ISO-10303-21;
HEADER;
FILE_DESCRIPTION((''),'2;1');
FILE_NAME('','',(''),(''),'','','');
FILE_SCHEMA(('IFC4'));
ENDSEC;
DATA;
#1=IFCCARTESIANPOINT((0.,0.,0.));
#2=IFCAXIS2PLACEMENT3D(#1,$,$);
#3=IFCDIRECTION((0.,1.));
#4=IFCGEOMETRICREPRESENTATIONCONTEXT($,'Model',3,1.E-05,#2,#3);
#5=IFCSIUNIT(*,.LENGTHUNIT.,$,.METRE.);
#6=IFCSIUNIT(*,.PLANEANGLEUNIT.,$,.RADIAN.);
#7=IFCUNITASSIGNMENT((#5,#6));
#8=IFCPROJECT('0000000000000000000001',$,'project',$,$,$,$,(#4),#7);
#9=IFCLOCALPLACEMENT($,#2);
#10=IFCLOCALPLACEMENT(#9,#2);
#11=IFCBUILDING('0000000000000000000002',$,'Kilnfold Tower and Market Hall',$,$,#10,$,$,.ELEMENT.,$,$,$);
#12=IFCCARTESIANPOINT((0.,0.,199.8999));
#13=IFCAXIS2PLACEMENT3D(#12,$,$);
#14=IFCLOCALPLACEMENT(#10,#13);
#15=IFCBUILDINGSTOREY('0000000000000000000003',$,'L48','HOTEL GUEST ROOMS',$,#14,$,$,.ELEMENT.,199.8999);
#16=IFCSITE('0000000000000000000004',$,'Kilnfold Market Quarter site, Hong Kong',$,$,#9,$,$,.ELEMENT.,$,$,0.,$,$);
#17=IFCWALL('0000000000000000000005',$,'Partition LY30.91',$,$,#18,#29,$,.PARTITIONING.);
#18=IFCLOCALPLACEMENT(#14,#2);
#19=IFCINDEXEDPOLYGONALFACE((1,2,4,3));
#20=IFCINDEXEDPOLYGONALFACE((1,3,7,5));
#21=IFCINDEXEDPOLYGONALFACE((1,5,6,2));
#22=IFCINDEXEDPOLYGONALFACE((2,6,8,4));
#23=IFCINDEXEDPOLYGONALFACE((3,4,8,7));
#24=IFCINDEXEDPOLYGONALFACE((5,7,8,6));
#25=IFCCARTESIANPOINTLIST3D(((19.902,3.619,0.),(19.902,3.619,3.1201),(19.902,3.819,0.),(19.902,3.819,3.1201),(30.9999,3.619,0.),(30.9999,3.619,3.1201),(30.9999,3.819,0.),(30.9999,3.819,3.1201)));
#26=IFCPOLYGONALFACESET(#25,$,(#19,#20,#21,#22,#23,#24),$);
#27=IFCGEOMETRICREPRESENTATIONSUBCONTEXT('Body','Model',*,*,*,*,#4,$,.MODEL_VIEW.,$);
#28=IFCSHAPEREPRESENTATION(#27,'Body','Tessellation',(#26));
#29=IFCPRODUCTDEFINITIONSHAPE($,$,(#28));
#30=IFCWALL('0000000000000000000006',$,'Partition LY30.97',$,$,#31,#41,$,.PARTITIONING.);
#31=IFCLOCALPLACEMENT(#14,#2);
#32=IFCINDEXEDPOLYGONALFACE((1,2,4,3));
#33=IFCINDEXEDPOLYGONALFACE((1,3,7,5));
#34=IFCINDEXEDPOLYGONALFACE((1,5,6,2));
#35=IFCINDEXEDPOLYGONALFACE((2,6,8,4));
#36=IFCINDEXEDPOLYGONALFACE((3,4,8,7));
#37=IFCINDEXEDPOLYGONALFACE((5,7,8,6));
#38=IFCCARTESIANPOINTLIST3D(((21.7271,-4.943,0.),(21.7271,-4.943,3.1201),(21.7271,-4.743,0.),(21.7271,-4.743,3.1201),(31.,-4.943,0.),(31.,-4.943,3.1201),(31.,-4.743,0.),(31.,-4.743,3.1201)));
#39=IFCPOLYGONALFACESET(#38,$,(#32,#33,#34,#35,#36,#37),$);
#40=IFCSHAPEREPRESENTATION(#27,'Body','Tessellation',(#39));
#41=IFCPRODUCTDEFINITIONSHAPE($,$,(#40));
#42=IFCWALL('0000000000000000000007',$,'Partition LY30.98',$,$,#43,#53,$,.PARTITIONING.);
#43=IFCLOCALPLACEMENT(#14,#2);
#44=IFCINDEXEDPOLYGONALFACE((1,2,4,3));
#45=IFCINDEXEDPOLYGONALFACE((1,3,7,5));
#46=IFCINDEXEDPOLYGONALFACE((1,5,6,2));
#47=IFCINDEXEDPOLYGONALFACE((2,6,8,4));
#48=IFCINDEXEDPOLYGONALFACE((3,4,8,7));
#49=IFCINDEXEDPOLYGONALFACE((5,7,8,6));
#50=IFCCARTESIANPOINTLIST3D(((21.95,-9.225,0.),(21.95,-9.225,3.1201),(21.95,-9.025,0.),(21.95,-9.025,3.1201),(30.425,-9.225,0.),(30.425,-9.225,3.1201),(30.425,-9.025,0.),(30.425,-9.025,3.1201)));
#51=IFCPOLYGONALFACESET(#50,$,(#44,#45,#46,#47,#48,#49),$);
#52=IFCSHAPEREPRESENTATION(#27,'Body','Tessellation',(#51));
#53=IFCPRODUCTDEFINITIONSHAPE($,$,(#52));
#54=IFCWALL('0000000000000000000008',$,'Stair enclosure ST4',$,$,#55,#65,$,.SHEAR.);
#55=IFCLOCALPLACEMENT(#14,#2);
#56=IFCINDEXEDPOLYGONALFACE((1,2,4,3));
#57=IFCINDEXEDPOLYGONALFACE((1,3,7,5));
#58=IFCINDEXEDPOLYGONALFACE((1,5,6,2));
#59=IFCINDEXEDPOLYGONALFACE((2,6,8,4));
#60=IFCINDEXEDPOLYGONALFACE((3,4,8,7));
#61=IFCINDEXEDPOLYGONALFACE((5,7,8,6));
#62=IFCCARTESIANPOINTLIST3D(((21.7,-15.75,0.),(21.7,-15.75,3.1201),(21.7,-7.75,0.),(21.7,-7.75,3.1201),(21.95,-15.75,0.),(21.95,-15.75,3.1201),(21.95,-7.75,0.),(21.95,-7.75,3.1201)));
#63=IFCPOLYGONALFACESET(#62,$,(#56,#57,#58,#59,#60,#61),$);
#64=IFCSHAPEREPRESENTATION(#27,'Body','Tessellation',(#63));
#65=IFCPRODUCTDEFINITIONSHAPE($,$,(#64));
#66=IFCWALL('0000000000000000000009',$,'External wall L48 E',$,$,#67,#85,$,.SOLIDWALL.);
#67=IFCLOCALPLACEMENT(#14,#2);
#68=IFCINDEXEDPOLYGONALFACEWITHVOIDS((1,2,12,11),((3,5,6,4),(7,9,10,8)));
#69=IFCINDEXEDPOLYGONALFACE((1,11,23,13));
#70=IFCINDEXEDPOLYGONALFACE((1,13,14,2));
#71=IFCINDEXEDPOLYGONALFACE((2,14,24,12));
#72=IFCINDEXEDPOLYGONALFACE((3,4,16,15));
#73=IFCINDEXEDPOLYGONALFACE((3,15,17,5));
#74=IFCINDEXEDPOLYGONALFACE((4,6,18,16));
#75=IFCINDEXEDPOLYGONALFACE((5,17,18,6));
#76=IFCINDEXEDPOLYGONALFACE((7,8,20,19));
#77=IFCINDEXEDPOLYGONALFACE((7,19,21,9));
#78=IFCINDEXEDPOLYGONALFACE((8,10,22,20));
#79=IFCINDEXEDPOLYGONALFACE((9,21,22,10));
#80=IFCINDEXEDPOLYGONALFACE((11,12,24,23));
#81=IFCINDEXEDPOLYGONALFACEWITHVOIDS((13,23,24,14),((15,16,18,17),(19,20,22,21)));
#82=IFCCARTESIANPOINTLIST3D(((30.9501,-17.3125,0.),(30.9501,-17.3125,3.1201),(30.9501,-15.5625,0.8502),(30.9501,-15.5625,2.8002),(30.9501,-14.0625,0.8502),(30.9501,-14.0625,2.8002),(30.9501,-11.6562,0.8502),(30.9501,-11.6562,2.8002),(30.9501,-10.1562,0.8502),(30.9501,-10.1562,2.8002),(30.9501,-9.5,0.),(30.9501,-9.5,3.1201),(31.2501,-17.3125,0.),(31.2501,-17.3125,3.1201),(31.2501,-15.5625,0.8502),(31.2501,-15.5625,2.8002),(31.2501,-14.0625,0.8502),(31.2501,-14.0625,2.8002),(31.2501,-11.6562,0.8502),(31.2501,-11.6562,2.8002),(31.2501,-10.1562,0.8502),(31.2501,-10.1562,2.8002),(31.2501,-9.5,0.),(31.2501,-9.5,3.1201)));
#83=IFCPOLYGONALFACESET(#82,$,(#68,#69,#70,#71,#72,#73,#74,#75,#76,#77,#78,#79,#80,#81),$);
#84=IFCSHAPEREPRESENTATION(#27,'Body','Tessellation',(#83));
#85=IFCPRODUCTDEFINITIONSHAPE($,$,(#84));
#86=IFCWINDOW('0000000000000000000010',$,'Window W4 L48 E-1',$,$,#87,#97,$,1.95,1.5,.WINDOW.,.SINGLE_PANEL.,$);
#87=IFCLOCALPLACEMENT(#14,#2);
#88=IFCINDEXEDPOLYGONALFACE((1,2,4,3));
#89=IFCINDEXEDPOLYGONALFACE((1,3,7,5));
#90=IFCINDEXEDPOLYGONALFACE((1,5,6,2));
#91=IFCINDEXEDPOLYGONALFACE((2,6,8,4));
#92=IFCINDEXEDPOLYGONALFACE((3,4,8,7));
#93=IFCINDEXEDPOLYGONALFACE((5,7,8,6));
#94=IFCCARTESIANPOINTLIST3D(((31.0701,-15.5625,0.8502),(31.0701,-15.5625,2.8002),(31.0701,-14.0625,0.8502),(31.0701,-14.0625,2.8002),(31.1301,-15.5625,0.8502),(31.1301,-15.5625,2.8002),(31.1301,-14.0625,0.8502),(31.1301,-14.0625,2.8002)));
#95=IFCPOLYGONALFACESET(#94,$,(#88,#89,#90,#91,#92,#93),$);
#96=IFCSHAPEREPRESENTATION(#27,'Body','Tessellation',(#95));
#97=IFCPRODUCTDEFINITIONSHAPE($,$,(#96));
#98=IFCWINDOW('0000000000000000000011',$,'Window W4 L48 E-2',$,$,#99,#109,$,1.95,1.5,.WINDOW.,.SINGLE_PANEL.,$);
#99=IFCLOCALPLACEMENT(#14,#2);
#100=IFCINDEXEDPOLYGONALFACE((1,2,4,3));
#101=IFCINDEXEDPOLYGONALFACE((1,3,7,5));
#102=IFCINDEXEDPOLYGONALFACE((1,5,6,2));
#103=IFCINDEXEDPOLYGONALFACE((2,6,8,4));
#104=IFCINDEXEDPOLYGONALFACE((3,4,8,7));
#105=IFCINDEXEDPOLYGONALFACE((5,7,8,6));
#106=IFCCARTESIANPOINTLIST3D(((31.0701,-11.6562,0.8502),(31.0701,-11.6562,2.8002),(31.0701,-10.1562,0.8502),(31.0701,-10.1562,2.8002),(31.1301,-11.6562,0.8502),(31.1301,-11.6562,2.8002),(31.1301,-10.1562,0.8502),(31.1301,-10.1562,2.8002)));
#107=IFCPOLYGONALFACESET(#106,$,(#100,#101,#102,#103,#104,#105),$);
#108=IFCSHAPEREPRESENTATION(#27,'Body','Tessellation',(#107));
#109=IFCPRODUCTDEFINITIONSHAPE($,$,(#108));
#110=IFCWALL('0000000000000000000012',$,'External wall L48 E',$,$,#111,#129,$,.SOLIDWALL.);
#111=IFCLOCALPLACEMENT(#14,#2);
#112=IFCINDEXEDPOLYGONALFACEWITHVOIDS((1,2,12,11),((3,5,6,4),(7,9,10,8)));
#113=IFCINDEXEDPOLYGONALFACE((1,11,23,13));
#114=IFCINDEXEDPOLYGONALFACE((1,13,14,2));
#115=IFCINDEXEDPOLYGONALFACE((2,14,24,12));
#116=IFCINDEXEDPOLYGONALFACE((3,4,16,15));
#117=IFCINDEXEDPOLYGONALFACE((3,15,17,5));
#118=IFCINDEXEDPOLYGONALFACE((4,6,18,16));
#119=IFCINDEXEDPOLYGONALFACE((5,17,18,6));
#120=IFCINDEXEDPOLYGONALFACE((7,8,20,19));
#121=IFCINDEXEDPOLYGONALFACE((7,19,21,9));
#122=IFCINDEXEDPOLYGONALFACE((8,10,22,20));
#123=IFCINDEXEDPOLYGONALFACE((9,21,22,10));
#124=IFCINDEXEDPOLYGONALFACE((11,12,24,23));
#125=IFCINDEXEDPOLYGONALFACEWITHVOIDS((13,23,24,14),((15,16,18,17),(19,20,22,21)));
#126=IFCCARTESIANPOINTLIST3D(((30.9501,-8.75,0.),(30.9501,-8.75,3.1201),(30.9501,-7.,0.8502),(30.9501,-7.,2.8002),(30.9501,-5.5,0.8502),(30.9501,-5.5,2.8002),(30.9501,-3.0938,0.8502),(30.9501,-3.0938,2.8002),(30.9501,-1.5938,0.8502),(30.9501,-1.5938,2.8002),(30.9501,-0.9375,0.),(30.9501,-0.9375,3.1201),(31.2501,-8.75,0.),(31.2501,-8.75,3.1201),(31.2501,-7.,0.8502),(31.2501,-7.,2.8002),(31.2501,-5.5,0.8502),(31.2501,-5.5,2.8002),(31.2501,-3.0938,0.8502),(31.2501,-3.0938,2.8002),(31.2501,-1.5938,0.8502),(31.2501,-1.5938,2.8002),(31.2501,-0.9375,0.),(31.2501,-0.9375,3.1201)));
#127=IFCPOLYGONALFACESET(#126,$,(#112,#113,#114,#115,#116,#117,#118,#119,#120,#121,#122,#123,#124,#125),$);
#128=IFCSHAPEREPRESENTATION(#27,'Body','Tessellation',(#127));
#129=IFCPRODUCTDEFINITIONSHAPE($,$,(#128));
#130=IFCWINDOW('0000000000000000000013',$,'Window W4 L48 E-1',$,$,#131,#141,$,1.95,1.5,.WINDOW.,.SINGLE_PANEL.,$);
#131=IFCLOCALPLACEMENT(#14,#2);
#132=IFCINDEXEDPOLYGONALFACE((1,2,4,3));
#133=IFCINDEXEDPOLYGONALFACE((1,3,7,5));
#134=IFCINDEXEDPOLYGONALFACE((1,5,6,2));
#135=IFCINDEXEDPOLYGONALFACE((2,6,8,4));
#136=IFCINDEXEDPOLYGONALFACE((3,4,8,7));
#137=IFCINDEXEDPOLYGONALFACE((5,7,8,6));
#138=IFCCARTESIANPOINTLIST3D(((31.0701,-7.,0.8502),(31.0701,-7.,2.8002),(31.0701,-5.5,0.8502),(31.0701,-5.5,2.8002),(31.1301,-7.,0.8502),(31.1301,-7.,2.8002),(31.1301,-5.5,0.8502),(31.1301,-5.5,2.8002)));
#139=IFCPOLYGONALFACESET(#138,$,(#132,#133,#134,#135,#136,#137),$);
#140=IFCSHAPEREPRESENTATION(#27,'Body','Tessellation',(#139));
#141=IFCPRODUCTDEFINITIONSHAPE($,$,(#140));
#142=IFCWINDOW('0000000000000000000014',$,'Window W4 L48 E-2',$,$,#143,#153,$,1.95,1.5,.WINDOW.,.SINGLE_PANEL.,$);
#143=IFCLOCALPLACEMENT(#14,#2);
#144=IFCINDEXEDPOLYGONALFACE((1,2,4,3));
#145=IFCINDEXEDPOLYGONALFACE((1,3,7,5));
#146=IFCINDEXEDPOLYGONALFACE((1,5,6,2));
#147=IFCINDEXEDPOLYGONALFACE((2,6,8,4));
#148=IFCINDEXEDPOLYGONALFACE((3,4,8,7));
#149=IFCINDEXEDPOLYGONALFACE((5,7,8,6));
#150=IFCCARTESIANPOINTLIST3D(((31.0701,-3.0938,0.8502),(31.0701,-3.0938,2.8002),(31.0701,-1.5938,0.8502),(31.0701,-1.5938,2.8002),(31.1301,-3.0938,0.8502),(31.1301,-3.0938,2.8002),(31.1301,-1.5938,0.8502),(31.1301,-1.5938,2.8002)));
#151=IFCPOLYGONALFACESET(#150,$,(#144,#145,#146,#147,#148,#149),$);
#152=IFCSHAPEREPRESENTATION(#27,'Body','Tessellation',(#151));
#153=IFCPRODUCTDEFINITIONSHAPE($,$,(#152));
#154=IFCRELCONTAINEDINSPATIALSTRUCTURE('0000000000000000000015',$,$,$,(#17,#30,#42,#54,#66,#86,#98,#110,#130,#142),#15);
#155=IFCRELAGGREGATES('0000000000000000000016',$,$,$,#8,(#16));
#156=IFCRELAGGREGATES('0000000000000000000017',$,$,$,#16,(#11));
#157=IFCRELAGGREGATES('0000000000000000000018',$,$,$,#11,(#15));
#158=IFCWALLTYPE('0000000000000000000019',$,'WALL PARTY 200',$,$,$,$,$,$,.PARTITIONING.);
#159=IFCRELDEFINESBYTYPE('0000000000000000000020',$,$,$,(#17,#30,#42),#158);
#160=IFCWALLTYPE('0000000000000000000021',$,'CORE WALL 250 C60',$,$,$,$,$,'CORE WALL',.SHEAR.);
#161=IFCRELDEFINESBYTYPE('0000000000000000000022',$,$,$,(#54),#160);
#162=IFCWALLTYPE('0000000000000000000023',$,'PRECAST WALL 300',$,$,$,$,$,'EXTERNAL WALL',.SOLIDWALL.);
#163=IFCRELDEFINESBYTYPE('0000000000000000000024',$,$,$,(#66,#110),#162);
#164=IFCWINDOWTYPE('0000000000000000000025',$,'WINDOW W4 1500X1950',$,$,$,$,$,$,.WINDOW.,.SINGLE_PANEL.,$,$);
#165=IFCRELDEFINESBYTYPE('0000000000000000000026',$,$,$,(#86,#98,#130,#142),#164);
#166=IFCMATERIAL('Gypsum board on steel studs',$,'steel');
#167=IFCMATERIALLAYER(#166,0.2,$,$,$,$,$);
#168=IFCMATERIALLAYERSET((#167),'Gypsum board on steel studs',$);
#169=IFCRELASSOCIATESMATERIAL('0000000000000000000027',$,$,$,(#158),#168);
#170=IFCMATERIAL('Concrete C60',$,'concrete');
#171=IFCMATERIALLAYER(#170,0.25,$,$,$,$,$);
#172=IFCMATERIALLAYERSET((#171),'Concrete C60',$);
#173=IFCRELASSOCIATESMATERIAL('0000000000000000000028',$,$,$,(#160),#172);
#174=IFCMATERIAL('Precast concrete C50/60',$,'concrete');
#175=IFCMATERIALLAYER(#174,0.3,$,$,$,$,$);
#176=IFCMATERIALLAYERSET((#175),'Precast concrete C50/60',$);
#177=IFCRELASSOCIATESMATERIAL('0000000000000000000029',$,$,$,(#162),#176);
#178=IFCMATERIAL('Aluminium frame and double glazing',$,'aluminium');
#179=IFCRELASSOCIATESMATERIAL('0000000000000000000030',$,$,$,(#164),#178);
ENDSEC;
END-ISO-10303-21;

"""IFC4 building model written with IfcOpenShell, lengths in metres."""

from ifc_helpers import new_model, si_unit, direction, frame, frame_2d, origin, place, context, subcontext, project, spatial, rectangle, extrude, source, transform, mapped, material, layer, layer_set, type_object, element, fill, save


model = new_model("IFC4")

# Units and contexts
model_context = context("Model", 3, precision=1e-05, world=origin(), true_north=direction((0.0, 1.0)))
body_context = subcontext(model_context, "Body", "Model", "MODEL_VIEW")
ifc_project = project(units=[si_unit("LENGTHUNIT", "METRE"), si_unit("PLANEANGLEUNIT", "RADIAN")], contexts=[model_context])

# Site, building, storey
site_placement = place(None, origin())
site = spatial("IfcSite", under=ifc_project, at=site_placement, Name="Kilnfold Market Quarter site, Hong Kong", CompositionType="ELEMENT", RefElevation=0.0)
building_placement = place(site_placement, origin())
building = spatial("IfcBuilding", under=site, at=building_placement, Name="Kilnfold Tower and Market Hall", CompositionType="ELEMENT")
storey_placement = place(building_placement, frame((0.0, 0.0, 199.8999)))
storey = spatial("IfcBuildingStorey", under=building, at=storey_placement, Name="L48", Description="HOTEL GUEST ROOMS", CompositionType="ELEMENT", Elevation=199.8999)

# Walls
ifc_material_1 = material(Name="Gypsum board on steel studs", Category="steel")
ifc_layer_1 = layer(ifc_material_1, 0.2)
ifc_layer_set_1 = layer_set([ifc_layer_1], Name="Gypsum board on steel studs")
wall_type_1 = type_object("IfcWallType", Name="WALL PARTY 200", PredefinedType="PARTITIONING", material=ifc_layer_set_1)
wall_1_placement = place(storey_placement, frame((19.9021, 3.719, 0.0), z_axis=(0.0, 0.0, 1.0), x_axis=(1.0, 0.0, 0.0)))
element("IfcWall", 1, at=wall_1_placement, inside=storey, type_object=wall_type_1, Name="Partition LY30.91", PredefinedType="PARTITIONING", context=body_context, shape_type="SweptSolid", body=[
    extrude(rectangle(XDim=11.0979, YDim=0.2, at=frame_2d((5.5488, 0.0))), origin(), (0.0, 0.0, 1.0), 3.1201),
])
wall_2_placement = place(storey_placement, frame((21.7271, -4.843, 0.0), z_axis=(0.0, 0.0, 1.0), x_axis=(1.0, 0.0, 0.0)))
element("IfcWall", 2, at=wall_2_placement, inside=storey, type_object=wall_type_1, Name="Partition LY30.97", PredefinedType="PARTITIONING", context=body_context, shape_type="SweptSolid", body=[
    extrude(rectangle(XDim=9.2729, YDim=0.2, at=frame_2d((4.6365, 0.0))), origin(), (0.0, 0.0, 1.0), 3.1201),
])
wall_3_placement = place(storey_placement, frame((21.95, -9.125, 0.0), z_axis=(0.0, 0.0, 1.0), x_axis=(1.0, 0.0, 0.0)))
element("IfcWall", 3, at=wall_3_placement, inside=storey, type_object=wall_type_1, Name="Partition LY30.98", PredefinedType="PARTITIONING", context=body_context, shape_type="SweptSolid", body=[
    extrude(rectangle(XDim=8.4751, YDim=0.2, at=frame_2d((4.2375, 0.0))), origin(), (0.0, 0.0, 1.0), 3.1201),
])
ifc_material_2 = material(Name="Concrete C60", Category="concrete")
ifc_layer_2 = layer(ifc_material_2, 0.25)
ifc_layer_set_2 = layer_set([ifc_layer_2], Name="Concrete C60")
wall_type_2 = type_object("IfcWallType", Name="CORE WALL 250 C60", ElementType="CORE WALL", PredefinedType="SHEAR", material=ifc_layer_set_2)
shared_shape_1 = source(origin(), body_context, "Body", "SweptSolid", [
    extrude(rectangle(XDim=8.0, YDim=0.25, at=frame_2d((4.0, 0.0))), origin(), (0.0, 0.0, 1.0), 3.1201),
])
wall_4_placement = place(storey_placement, frame((21.825, -15.75, 0.0), z_axis=(0.0, 0.0, 1.0), x_axis=(0.0, 1.0, 0.0)))
element("IfcWall", 4, at=wall_4_placement, inside=storey, type_object=wall_type_2, Name="Stair enclosure ST4", PredefinedType="SHEAR", context=body_context, shape_type="MappedRepresentation", body=[
    mapped(shared_shape_1, transform((0.0, 0.0, 0.0))),
])

# Walls, openings, windows
ifc_material_3 = material(Name="Precast concrete C50/60", Category="concrete")
ifc_layer_3 = layer(ifc_material_3, 0.3)
ifc_layer_set_3 = layer_set([ifc_layer_3], Name="Precast concrete C50/60")
wall_type_3 = type_object("IfcWallType", Name="PRECAST WALL 300", ElementType="EXTERNAL WALL", PredefinedType="SOLIDWALL", material=ifc_layer_set_3)
shared_shape_2 = source(origin(), body_context, "Body", "SweptSolid", [
    extrude(rectangle(XDim=7.8125, YDim=0.3, at=frame_2d((3.9062, 0.0))), origin(), (0.0, 0.0, 1.0), 3.1201),
])
wall_5_placement = place(storey_placement, frame((31.1001, -17.3125, 0.0), z_axis=(0.0, 0.0, 1.0), x_axis=(0.0, 1.0, 0.0)))
wall_5 = element("IfcWall", 5, at=wall_5_placement, inside=storey, type_object=wall_type_3, Name="External wall L48 E", PredefinedType="SOLIDWALL", context=body_context, shape_type="MappedRepresentation", body=[
    mapped(shared_shape_2, transform((0.0, 0.0, 0.0))),
])
opening_1_placement = place(wall_5_placement, frame((1.75, 0.0, 0.8501)))
opening_1 = element("IfcOpeningElement", 6, at=opening_1_placement, cuts=wall_5, PredefinedType="OPENING", context=body_context, shape_type="SweptSolid", body=[
    extrude(rectangle(XDim=1.5, YDim=1.95, at=frame_2d((0.75, 0.9751))), frame((0.0, 0.1602, 0.0), z_axis=(0.0, -1.0, 0.0), x_axis=(1.0, 0.0, 0.0)), (0.0, 0.0, 1.0), 0.3201),
])
opening_2_placement = place(wall_5_placement, frame((5.6562, 0.0, 0.8501)))
opening_2 = element("IfcOpeningElement", 7, at=opening_2_placement, cuts=wall_5, PredefinedType="OPENING", context=body_context, shape_type="SweptSolid", body=[
    extrude(rectangle(XDim=1.5, YDim=1.95, at=frame_2d((0.75, 0.9751))), frame((0.0, 0.1602, 0.0), z_axis=(0.0, -1.0, 0.0), x_axis=(1.0, 0.0, 0.0)), (0.0, 0.0, 1.0), 0.3201),
])
ifc_material_4 = material(Name="Aluminium frame and double glazing", Category="aluminium")
window_type = type_object("IfcWindowType", Name="WINDOW W4 1500X1950", PartitioningType="SINGLE_PANEL", PredefinedType="WINDOW", material=ifc_material_4)
window_1_placement = place(opening_1_placement, origin())
window_1 = element("IfcWindow", 8, at=window_1_placement, inside=storey, type_object=window_type, Name="Window W4 L48 E-1", OverallHeight=1.95, OverallWidth=1.5, PartitioningType="SINGLE_PANEL", PredefinedType="WINDOW", context=body_context, shape_type="SweptSolid", body=[
    extrude(rectangle(XDim=1.5, YDim=1.95, at=frame_2d((0.75, 0.9751))), frame((0.0, 0.03, 0.0), z_axis=(0.0, -1.0, 0.0), x_axis=(1.0, 0.0, 0.0)), (0.0, 0.0, 1.0), 0.0601),
])
fill(opening_1, window_1)
window_2_placement = place(opening_2_placement, origin())
window_2 = element("IfcWindow", 9, at=window_2_placement, inside=storey, type_object=window_type, Name="Window W4 L48 E-2", OverallHeight=1.95, OverallWidth=1.5, PartitioningType="SINGLE_PANEL", PredefinedType="WINDOW", context=body_context, shape_type="SweptSolid", body=[
    extrude(rectangle(XDim=1.5, YDim=1.95, at=frame_2d((0.75, 0.9751))), frame((0.0, 0.03, 0.0), z_axis=(0.0, -1.0, 0.0), x_axis=(1.0, 0.0, 0.0)), (0.0, 0.0, 1.0), 0.0601),
])
fill(opening_2, window_2)
wall_6_placement = place(storey_placement, frame((31.1001, -8.75, 0.0), z_axis=(0.0, 0.0, 1.0), x_axis=(0.0, 1.0, 0.0)))
wall_6 = element("IfcWall", 10, at=wall_6_placement, inside=storey, type_object=wall_type_3, Name="External wall L48 E", PredefinedType="SOLIDWALL", context=body_context, shape_type="MappedRepresentation", body=[
    mapped(shared_shape_2, transform((0.0, 0.0, 0.0))),
])
opening_3_placement = place(wall_6_placement, frame((1.75, 0.0, 0.8501)))
opening_3 = element("IfcOpeningElement", 11, at=opening_3_placement, cuts=wall_6, PredefinedType="OPENING", context=body_context, shape_type="SweptSolid", body=[
    extrude(rectangle(XDim=1.5, YDim=1.95, at=frame_2d((0.75, 0.9751))), frame((0.0, 0.1602, 0.0), z_axis=(0.0, -1.0, 0.0), x_axis=(1.0, 0.0, 0.0)), (0.0, 0.0, 1.0), 0.3201),
])
opening_4_placement = place(wall_6_placement, frame((5.6562, 0.0, 0.8501)))
opening_4 = element("IfcOpeningElement", 12, at=opening_4_placement, cuts=wall_6, PredefinedType="OPENING", context=body_context, shape_type="SweptSolid", body=[
    extrude(rectangle(XDim=1.5, YDim=1.95, at=frame_2d((0.75, 0.9751))), frame((0.0, 0.1602, 0.0), z_axis=(0.0, -1.0, 0.0), x_axis=(1.0, 0.0, 0.0)), (0.0, 0.0, 1.0), 0.3201),
])
window_3_placement = place(opening_3_placement, origin())
window_3 = element("IfcWindow", 13, at=window_3_placement, inside=storey, type_object=window_type, Name="Window W4 L48 E-1", OverallHeight=1.95, OverallWidth=1.5, PartitioningType="SINGLE_PANEL", PredefinedType="WINDOW", context=body_context, shape_type="SweptSolid", body=[
    extrude(rectangle(XDim=1.5, YDim=1.95, at=frame_2d((0.75, 0.9751))), frame((0.0, 0.03, 0.0), z_axis=(0.0, -1.0, 0.0), x_axis=(1.0, 0.0, 0.0)), (0.0, 0.0, 1.0), 0.0601),
])
fill(opening_3, window_3)
window_4_placement = place(opening_4_placement, origin())
window_4 = element("IfcWindow", 14, at=window_4_placement, inside=storey, type_object=window_type, Name="Window W4 L48 E-2", OverallHeight=1.95, OverallWidth=1.5, PartitioningType="SINGLE_PANEL", PredefinedType="WINDOW", context=body_context, shape_type="SweptSolid", body=[
    extrude(rectangle(XDim=1.5, YDim=1.95, at=frame_2d((0.75, 0.9751))), frame((0.0, 0.03, 0.0), z_axis=(0.0, -1.0, 0.0), x_axis=(1.0, 0.0, 0.0)), (0.0, 0.0, 1.0), 0.0601),
])
fill(opening_4, window_4)

save(model, "model.ifc")
